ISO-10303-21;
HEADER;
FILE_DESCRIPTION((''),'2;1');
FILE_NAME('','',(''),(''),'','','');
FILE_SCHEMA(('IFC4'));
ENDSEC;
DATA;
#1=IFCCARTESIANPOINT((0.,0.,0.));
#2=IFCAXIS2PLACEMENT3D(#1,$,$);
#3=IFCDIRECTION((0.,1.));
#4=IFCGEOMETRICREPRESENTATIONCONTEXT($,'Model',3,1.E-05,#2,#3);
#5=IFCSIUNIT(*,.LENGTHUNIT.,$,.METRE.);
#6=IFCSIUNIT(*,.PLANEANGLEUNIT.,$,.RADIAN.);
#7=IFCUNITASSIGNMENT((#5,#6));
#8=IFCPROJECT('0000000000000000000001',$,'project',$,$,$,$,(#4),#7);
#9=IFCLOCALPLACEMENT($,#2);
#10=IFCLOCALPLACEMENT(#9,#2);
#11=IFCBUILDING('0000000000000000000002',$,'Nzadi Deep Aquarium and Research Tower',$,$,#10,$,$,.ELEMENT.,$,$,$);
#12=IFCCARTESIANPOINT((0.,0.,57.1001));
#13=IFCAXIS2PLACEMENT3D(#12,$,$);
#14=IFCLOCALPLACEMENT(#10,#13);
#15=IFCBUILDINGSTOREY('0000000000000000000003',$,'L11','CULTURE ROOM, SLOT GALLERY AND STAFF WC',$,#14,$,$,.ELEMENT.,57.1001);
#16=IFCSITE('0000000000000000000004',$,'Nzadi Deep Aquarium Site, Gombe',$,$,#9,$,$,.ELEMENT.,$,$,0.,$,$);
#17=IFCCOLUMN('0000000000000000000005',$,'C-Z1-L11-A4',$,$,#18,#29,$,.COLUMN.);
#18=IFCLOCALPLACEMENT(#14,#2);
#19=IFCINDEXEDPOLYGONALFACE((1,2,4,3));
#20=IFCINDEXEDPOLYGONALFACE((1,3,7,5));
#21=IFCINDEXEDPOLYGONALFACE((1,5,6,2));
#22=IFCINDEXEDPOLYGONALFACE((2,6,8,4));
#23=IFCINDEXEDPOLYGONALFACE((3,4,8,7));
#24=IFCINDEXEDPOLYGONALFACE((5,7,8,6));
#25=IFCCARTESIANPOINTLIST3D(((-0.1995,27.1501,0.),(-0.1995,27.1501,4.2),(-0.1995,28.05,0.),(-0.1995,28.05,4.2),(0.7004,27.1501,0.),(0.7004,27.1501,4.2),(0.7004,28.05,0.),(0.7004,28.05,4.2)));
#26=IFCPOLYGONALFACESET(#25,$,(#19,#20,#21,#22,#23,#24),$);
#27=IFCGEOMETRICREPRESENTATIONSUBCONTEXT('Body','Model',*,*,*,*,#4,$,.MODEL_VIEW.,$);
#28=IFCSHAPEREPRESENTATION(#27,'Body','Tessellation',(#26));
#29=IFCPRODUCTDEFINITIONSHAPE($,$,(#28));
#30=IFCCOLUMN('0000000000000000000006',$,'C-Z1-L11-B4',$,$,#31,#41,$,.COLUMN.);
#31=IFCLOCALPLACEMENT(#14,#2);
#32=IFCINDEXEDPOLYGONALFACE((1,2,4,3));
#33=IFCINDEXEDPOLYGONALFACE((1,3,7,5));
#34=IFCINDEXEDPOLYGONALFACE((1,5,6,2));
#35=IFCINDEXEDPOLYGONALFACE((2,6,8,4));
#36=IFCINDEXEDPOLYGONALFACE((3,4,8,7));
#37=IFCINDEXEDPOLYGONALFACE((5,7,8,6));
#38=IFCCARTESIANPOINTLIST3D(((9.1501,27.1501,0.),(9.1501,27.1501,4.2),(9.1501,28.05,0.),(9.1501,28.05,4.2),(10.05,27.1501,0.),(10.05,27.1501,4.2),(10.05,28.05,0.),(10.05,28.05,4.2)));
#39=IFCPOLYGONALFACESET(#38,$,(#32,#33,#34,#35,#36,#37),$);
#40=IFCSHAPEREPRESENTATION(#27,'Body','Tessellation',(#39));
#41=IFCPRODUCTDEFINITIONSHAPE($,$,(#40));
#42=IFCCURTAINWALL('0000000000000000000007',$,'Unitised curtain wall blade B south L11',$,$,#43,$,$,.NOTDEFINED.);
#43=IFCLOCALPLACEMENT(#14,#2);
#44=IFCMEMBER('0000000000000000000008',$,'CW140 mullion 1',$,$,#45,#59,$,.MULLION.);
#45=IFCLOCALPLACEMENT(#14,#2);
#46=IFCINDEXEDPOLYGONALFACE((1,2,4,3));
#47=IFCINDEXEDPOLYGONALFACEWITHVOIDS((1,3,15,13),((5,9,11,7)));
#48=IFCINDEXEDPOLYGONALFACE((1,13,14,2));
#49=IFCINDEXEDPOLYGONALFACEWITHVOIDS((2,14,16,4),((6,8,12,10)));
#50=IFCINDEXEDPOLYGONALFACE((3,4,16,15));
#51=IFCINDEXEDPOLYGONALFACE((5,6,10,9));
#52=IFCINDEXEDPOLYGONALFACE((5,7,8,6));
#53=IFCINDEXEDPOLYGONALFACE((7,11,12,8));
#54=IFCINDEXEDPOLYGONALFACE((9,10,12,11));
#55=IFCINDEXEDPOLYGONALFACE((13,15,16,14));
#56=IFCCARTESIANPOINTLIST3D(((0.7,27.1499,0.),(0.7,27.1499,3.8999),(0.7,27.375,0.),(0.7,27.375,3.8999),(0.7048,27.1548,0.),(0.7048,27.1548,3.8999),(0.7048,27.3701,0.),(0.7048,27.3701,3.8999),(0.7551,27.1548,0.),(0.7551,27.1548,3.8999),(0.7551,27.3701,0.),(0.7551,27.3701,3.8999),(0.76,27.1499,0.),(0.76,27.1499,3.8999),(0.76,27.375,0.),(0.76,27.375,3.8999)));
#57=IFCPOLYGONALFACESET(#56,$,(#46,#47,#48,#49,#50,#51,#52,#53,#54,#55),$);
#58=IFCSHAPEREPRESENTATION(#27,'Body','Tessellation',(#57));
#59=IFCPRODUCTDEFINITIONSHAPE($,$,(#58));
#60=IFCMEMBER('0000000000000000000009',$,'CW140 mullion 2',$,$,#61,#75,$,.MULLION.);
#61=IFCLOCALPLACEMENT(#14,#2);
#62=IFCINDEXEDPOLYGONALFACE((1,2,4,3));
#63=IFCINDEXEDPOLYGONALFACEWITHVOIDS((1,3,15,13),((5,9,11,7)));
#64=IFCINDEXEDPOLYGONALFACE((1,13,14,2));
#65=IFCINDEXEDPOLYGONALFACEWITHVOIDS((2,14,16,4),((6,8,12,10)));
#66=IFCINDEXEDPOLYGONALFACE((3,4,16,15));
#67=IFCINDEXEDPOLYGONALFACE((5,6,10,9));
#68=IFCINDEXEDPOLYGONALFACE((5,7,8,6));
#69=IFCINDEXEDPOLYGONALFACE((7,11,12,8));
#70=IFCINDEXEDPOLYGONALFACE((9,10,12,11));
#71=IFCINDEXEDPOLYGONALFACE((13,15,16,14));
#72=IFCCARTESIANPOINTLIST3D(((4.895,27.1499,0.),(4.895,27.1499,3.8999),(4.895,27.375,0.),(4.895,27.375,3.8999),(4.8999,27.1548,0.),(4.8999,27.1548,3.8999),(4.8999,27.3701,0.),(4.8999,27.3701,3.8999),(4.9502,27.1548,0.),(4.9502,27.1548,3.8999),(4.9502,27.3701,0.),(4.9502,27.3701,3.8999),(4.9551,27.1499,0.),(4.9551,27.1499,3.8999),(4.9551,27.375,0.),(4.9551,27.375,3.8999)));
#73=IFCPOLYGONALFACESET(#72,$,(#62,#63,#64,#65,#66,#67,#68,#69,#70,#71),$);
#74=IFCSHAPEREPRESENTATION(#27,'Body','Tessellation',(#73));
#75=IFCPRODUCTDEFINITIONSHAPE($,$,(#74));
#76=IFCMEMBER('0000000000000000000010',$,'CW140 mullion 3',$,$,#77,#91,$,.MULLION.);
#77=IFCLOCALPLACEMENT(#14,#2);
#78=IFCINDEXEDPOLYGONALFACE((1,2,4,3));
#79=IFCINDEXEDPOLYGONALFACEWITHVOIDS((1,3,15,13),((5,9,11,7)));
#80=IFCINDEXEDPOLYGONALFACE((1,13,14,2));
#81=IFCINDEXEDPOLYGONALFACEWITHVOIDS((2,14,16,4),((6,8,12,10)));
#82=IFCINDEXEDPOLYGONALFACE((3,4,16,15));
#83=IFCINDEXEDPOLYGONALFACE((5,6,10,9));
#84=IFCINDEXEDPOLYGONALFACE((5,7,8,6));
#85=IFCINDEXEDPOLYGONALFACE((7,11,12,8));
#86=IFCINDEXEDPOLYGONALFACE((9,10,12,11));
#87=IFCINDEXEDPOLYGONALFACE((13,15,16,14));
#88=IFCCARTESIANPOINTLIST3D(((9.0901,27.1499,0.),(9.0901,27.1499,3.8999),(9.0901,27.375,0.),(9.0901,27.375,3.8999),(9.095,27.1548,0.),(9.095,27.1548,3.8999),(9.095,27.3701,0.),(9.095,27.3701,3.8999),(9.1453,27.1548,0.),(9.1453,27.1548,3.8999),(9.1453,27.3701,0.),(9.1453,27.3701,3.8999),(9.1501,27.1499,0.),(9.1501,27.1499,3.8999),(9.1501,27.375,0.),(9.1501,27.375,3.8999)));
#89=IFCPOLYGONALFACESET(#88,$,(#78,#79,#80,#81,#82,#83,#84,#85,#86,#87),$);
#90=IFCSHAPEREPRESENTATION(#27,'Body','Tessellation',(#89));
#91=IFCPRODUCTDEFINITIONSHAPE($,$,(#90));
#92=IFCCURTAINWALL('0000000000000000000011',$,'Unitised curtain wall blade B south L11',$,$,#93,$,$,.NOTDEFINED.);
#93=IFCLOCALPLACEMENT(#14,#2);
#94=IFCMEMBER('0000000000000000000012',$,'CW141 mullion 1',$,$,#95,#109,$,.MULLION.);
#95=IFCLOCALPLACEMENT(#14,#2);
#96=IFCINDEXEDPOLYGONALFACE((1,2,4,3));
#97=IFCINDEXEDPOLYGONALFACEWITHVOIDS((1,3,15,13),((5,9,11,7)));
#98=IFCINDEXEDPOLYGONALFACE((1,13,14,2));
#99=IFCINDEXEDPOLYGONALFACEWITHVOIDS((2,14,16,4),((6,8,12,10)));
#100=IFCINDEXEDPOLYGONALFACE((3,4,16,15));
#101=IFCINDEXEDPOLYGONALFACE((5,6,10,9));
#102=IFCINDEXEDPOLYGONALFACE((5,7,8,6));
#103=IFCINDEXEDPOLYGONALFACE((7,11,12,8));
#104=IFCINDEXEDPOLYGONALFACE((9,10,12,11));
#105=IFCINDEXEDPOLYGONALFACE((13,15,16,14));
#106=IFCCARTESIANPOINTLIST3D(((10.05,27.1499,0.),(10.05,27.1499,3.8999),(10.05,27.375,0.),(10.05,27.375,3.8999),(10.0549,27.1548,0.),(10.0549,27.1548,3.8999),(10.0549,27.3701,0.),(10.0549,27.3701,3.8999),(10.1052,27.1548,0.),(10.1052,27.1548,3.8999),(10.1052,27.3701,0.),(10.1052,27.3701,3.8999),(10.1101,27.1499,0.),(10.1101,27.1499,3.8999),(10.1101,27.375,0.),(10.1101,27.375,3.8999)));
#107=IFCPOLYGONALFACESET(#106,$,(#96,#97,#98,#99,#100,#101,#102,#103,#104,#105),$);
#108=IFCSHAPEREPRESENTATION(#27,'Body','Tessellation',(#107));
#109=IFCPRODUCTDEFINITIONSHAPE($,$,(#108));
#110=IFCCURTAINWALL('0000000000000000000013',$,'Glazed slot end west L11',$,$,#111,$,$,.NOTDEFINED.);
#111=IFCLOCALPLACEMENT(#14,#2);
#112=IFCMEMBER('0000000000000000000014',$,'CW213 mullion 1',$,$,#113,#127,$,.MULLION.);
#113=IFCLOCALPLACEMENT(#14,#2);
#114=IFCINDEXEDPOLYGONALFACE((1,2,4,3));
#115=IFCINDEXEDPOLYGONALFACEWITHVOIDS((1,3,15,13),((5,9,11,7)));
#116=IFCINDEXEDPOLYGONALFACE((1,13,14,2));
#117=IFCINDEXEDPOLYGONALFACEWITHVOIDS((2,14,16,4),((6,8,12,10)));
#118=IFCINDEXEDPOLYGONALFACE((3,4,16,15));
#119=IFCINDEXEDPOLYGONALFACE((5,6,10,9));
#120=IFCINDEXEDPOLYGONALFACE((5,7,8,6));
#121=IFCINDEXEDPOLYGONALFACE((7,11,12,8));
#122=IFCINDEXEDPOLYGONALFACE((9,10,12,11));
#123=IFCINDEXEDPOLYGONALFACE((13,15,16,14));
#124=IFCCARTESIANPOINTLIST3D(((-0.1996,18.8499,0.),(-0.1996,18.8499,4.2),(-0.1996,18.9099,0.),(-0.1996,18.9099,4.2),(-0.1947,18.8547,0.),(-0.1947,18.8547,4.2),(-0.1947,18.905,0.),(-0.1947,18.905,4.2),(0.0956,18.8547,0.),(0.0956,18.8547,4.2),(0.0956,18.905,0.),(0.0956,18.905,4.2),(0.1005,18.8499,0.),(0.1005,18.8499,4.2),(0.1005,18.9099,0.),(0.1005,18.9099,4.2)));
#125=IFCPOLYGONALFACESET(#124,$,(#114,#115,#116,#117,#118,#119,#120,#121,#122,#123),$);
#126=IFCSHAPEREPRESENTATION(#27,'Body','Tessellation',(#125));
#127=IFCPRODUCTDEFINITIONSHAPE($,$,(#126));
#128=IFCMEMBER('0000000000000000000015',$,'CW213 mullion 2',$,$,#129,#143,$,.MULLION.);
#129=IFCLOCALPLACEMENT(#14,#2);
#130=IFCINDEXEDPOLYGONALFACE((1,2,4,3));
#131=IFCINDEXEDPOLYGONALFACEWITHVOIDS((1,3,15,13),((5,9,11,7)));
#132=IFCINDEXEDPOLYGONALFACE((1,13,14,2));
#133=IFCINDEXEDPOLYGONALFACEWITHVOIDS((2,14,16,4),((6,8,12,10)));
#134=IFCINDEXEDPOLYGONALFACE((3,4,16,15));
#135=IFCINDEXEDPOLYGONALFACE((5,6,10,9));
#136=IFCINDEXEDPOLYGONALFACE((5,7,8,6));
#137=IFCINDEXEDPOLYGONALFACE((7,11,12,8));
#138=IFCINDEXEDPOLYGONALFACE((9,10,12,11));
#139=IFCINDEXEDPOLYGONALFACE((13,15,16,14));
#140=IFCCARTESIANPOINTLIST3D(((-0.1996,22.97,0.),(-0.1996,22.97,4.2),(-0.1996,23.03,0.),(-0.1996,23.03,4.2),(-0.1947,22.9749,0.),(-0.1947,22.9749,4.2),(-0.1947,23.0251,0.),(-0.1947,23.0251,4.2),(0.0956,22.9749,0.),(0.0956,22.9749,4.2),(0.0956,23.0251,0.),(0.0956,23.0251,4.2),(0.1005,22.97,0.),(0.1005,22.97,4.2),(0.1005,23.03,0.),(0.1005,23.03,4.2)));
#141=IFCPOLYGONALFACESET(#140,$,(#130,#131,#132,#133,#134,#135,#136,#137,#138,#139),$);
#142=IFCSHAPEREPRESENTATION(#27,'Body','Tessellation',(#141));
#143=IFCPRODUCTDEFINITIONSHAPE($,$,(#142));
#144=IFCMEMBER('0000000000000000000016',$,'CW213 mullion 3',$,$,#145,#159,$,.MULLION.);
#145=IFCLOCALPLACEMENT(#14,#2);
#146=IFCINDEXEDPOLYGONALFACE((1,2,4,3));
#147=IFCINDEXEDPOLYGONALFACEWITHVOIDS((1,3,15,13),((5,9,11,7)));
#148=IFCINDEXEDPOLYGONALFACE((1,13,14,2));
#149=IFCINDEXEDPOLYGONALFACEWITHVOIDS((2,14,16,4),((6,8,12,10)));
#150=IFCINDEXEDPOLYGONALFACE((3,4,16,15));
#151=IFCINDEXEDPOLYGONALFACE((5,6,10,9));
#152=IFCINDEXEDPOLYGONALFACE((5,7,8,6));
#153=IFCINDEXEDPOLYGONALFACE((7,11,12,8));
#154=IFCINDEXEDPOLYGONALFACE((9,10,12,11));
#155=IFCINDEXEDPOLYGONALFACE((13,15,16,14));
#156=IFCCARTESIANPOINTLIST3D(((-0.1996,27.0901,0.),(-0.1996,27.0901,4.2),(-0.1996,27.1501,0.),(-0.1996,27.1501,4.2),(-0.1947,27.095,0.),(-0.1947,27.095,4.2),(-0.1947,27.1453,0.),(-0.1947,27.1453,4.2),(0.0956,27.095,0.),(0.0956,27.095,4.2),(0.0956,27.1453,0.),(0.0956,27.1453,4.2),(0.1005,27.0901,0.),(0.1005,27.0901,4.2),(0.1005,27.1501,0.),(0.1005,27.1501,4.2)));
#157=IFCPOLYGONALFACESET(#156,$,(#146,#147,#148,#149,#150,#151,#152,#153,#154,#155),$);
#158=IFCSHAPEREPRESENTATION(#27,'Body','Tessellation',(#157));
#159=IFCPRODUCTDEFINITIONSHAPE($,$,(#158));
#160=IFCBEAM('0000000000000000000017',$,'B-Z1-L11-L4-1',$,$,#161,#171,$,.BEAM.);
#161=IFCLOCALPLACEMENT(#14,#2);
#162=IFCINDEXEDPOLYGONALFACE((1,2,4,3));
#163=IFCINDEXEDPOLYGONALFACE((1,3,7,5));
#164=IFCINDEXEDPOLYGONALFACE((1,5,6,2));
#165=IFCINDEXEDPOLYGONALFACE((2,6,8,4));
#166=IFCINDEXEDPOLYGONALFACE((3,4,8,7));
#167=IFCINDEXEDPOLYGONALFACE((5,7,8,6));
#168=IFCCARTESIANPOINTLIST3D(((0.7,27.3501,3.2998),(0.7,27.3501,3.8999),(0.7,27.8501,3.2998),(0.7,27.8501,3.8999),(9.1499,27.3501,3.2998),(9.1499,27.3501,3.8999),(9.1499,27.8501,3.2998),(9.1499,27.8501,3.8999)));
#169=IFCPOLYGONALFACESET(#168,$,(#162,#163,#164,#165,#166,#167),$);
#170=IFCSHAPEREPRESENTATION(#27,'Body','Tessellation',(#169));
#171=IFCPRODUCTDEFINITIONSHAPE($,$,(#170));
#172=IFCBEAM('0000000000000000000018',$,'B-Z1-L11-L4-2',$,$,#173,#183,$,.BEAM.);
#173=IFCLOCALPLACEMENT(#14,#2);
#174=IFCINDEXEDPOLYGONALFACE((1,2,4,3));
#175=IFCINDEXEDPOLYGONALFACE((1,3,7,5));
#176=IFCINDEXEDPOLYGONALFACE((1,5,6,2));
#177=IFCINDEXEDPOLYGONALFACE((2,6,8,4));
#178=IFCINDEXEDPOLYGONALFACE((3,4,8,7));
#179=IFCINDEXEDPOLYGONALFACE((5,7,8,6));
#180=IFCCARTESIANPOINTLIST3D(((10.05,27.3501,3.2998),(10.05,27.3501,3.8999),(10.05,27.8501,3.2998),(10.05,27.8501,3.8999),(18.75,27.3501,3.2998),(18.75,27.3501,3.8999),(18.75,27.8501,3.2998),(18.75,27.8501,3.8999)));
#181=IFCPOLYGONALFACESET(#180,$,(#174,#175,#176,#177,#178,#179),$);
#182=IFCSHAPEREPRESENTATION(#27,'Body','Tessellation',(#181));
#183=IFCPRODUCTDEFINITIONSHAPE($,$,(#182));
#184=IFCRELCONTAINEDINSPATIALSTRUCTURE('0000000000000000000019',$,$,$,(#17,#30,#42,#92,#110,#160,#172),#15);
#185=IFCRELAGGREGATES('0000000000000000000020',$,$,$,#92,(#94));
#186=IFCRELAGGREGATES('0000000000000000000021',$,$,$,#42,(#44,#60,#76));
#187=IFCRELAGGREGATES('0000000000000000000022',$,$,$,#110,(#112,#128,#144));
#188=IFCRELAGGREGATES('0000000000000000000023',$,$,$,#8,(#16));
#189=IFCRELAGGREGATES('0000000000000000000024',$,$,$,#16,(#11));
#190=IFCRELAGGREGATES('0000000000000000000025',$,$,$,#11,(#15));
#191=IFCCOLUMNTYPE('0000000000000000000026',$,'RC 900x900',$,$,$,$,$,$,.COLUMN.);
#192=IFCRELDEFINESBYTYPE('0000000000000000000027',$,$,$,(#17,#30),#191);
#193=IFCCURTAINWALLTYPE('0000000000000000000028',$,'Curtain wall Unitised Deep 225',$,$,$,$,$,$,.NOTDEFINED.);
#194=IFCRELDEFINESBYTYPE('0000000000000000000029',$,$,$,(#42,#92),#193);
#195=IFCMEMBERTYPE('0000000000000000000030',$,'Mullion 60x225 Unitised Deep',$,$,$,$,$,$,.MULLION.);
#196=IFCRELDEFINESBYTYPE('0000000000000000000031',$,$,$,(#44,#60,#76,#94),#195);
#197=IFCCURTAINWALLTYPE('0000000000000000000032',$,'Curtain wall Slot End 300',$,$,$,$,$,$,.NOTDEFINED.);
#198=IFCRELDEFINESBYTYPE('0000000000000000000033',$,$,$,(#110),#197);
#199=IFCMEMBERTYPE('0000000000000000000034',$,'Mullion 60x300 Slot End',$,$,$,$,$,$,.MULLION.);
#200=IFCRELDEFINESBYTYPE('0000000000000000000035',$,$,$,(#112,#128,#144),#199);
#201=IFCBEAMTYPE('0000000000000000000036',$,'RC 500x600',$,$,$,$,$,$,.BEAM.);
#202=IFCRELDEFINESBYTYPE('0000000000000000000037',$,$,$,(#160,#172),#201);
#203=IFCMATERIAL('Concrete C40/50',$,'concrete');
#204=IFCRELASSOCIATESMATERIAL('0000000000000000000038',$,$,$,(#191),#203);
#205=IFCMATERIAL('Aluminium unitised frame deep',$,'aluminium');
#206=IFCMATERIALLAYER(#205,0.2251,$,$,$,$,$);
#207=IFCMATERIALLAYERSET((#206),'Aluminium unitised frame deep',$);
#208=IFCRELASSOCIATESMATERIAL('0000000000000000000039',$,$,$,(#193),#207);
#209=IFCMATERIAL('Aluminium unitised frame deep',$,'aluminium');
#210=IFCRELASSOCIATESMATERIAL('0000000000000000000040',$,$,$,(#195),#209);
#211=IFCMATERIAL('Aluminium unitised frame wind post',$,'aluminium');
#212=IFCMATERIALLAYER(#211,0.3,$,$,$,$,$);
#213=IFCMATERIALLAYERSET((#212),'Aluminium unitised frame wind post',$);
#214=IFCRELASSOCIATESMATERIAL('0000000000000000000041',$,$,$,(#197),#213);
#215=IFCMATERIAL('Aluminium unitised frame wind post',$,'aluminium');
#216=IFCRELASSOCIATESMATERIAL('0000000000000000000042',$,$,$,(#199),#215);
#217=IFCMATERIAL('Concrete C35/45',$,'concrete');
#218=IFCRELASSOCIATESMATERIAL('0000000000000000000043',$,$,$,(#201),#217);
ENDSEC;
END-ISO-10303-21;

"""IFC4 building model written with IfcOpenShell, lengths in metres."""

from ifc_helpers import new_model, si_unit, direction, frame, origin, origin_2d, place, context, subcontext, project, spatial, rectangle, hollow_rectangle, extrude, material, layer, layer_set, material_profile, profile_set, type_object, element, aggregate, save


model = new_model("IFC4")

# Units and contexts
model_context = context("Model", 3, precision=1e-05, world=origin(), true_north=direction((0.0, 1.0)))
body_context = subcontext(model_context, "Body", "Model", "MODEL_VIEW")
ifc_project = project(units=[si_unit("LENGTHUNIT", "METRE"), si_unit("PLANEANGLEUNIT", "RADIAN")], contexts=[model_context])

# Site, building, storey
site_placement = place(None, origin())
site = spatial("IfcSite", under=ifc_project, at=site_placement, Name="Nzadi Deep Aquarium Site, Gombe", CompositionType="ELEMENT", RefElevation=0.0)
building_placement = place(site_placement, origin())
building = spatial("IfcBuilding", under=site, at=building_placement, Name="Nzadi Deep Aquarium and Research Tower", CompositionType="ELEMENT")
storey_placement = place(building_placement, frame((0.0, 0.0, 57.1001)))
storey = spatial("IfcBuildingStorey", under=building, at=storey_placement, Name="L11", Description="CULTURE ROOM, SLOT GALLERY AND STAFF WC", CompositionType="ELEMENT", Elevation=57.1001)

# Columns
ifc_material_1 = material(Name="Concrete C40/50", Category="concrete")
ifc_material_profile_1 = material_profile(ifc_material_1, rectangle(XDim=0.8999, YDim=0.8999, at=origin_2d()))
ifc_profile_set_1 = profile_set([ifc_material_profile_1], Name="Concrete C40/50")
column_type = type_object("IfcColumnType", Name="RC 900x900", PredefinedType="COLUMN", material=ifc_profile_set_1)
for number, where, z_axis, x_axis, name in (
    (1, (0.2505, 27.6001, 0.0), (0.0, 0.0, 1.0), (1.0, 0.0, 0.0), "C-Z1-L11-A4"),
    (2, (9.6001, 27.6001, 0.0), (0.0, 0.0, 1.0), (1.0, 0.0, 0.0), "C-Z1-L11-B4"),
):
    element("IfcColumn", number, at=place(storey_placement, frame(where, z_axis=z_axis, x_axis=x_axis)), inside=storey, type_object=column_type, Name=name, PredefinedType="COLUMN", context=body_context, shape_type="SweptSolid", body=[
        extrude(rectangle(XDim=0.8999, YDim=0.8999, at=origin_2d()), origin(), (0.0, 0.0, 1.0), 4.2),
    ])

# Curtain wall, members
ifc_material_2 = material(Name="Aluminium unitised frame deep", Category="aluminium")
ifc_layer_1 = layer(ifc_material_2, 0.2251)
ifc_layer_set_1 = layer_set([ifc_layer_1], Name="Aluminium unitised frame deep")
curtain_wall_type_1 = type_object("IfcCurtainWallType", Name="Curtain wall Unitised Deep 225", PredefinedType="NOTDEFINED", material=ifc_layer_set_1)
curtain_wall_1_placement = place(storey_placement, origin())
curtain_wall_1 = element("IfcCurtainWall", 3, at=curtain_wall_1_placement, inside=storey, type_object=curtain_wall_type_1, Name="Unitised curtain wall blade B south L11", PredefinedType="NOTDEFINED")
ifc_material_3 = material(Name="Aluminium unitised frame deep", Category="aluminium")
ifc_material_profile_2 = material_profile(ifc_material_3, hollow_rectangle(XDim=0.2251, YDim=0.0601, WallThickness=0.0049, at=origin_2d()))
ifc_profile_set_2 = profile_set([ifc_material_profile_2], Name="Aluminium unitised frame deep")
member_type_1 = type_object("IfcMemberType", Name="Mullion 60x225 Unitised Deep", PredefinedType="MULLION", material=ifc_profile_set_2)
member_1_placement = place(storey_placement, frame((0.73, 27.2625, 0.0), z_axis=(0.0, 0.0, 1.0), x_axis=(0.0, 1.0, 0.0)))
member_1 = element("IfcMember", 4, at=member_1_placement, type_object=member_type_1, Name="CW140 mullion 1", PredefinedType="MULLION", context=body_context, shape_type="SweptSolid", body=[
    extrude(hollow_rectangle(XDim=0.2251, YDim=0.0601, WallThickness=0.0049, at=origin_2d()), origin(), (0.0, 0.0, 1.0), 3.8999),
])
member_2_placement = place(storey_placement, frame((4.925, 27.2625, 0.0), z_axis=(0.0, 0.0, 1.0), x_axis=(0.0, 1.0, 0.0)))
member_2 = element("IfcMember", 5, at=member_2_placement, type_object=member_type_1, Name="CW140 mullion 2", PredefinedType="MULLION", context=body_context, shape_type="SweptSolid", body=[
    extrude(hollow_rectangle(XDim=0.2251, YDim=0.0601, WallThickness=0.0049, at=origin_2d()), origin(), (0.0, 0.0, 1.0), 3.8999),
])
member_3_placement = place(storey_placement, frame((9.1201, 27.2625, 0.0), z_axis=(0.0, 0.0, 1.0), x_axis=(0.0, 1.0, 0.0)))
member_3 = element("IfcMember", 6, at=member_3_placement, type_object=member_type_1, Name="CW140 mullion 3", PredefinedType="MULLION", context=body_context, shape_type="SweptSolid", body=[
    extrude(hollow_rectangle(XDim=0.2251, YDim=0.0601, WallThickness=0.0049, at=origin_2d()), origin(), (0.0, 0.0, 1.0), 3.8999),
])

# Curtain wall, member
curtain_wall_2_placement = place(storey_placement, origin())
curtain_wall_2 = element("IfcCurtainWall", 7, at=curtain_wall_2_placement, inside=storey, type_object=curtain_wall_type_1, Name="Unitised curtain wall blade B south L11", PredefinedType="NOTDEFINED")
member_4_placement = place(storey_placement, frame((10.0801, 27.2625, 0.0), z_axis=(0.0, 0.0, 1.0), x_axis=(0.0, 1.0, 0.0)))
member_4 = element("IfcMember", 8, at=member_4_placement, type_object=member_type_1, Name="CW141 mullion 1", PredefinedType="MULLION", context=body_context, shape_type="SweptSolid", body=[
    extrude(hollow_rectangle(XDim=0.2251, YDim=0.0601, WallThickness=0.0049, at=origin_2d()), origin(), (0.0, 0.0, 1.0), 3.8999),
])

# Curtain wall, members
ifc_material_4 = material(Name="Aluminium unitised frame wind post", Category="aluminium")
ifc_layer_2 = layer(ifc_material_4, 0.3)
ifc_layer_set_2 = layer_set([ifc_layer_2], Name="Aluminium unitised frame wind post")
curtain_wall_type_2 = type_object("IfcCurtainWallType", Name="Curtain wall Slot End 300", PredefinedType="NOTDEFINED", material=ifc_layer_set_2)
curtain_wall_3_placement = place(storey_placement, origin())
curtain_wall_3 = element("IfcCurtainWall", 9, at=curtain_wall_3_placement, inside=storey, type_object=curtain_wall_type_2, Name="Glazed slot end west L11", PredefinedType="NOTDEFINED")
ifc_material_5 = material(Name="Aluminium unitised frame wind post", Category="aluminium")
ifc_material_profile_3 = material_profile(ifc_material_5, hollow_rectangle(XDim=0.3, YDim=0.0601, WallThickness=0.0049, at=origin_2d()))
ifc_profile_set_3 = profile_set([ifc_material_profile_3], Name="Aluminium unitised frame wind post")
member_type_2 = type_object("IfcMemberType", Name="Mullion 60x300 Slot End", PredefinedType="MULLION", material=ifc_profile_set_3)
member_5_placement = place(storey_placement, frame((-0.0496, 18.8799, 0.0), z_axis=(0.0, 0.0, 1.0), x_axis=(-1.0, 0.0, 0.0)))
member_5 = element("IfcMember", 10, at=member_5_placement, type_object=member_type_2, Name="CW213 mullion 1", PredefinedType="MULLION", context=body_context, shape_type="SweptSolid", body=[
    extrude(hollow_rectangle(XDim=0.3, YDim=0.0601, WallThickness=0.0049, at=origin_2d()), origin(), (0.0, 0.0, 1.0), 4.2),
])
member_6_placement = place(storey_placement, frame((-0.0496, 23.0, 0.0), z_axis=(0.0, 0.0, 1.0), x_axis=(-1.0, 0.0, 0.0)))
member_6 = element("IfcMember", 11, at=member_6_placement, type_object=member_type_2, Name="CW213 mullion 2", PredefinedType="MULLION", context=body_context, shape_type="SweptSolid", body=[
    extrude(hollow_rectangle(XDim=0.3, YDim=0.0601, WallThickness=0.0049, at=origin_2d()), origin(), (0.0, 0.0, 1.0), 4.2),
])
member_7_placement = place(storey_placement, frame((-0.0496, 27.1201, 0.0), z_axis=(0.0, 0.0, 1.0), x_axis=(-1.0, 0.0, 0.0)))
member_7 = element("IfcMember", 12, at=member_7_placement, type_object=member_type_2, Name="CW213 mullion 3", PredefinedType="MULLION", context=body_context, shape_type="SweptSolid", body=[
    extrude(hollow_rectangle(XDim=0.3, YDim=0.0601, WallThickness=0.0049, at=origin_2d()), origin(), (0.0, 0.0, 1.0), 4.2),
])

# Beams
ifc_material_6 = material(Name="Concrete C35/45", Category="concrete")
ifc_material_profile_4 = material_profile(ifc_material_6, rectangle(XDim=0.5, YDim=0.6001, at=origin_2d()))
ifc_profile_set_4 = profile_set([ifc_material_profile_4], Name="Concrete C35/45")
beam_type = type_object("IfcBeamType", Name="RC 500x600", PredefinedType="BEAM", material=ifc_profile_set_4)
beam_1_placement = place(storey_placement, frame((0.7, 27.6001, 3.5999), z_axis=(1.0, 0.0, 0.0), x_axis=(0.0, 1.0, 0.0)))
element("IfcBeam", 13, at=beam_1_placement, inside=storey, type_object=beam_type, Name="B-Z1-L11-L4-1", PredefinedType="BEAM", context=body_context, shape_type="SweptSolid", body=[
    extrude(rectangle(XDim=0.5, YDim=0.6001, at=origin_2d()), origin(), (0.0, 0.0, 1.0), 8.45),
])
beam_2_placement = place(storey_placement, frame((10.05, 27.6001, 3.5999), z_axis=(1.0, 0.0, 0.0), x_axis=(0.0, 1.0, 0.0)))
element("IfcBeam", 14, at=beam_2_placement, inside=storey, type_object=beam_type, Name="B-Z1-L11-L4-2", PredefinedType="BEAM", context=body_context, shape_type="SweptSolid", body=[
    extrude(rectangle(XDim=0.5, YDim=0.6001, at=origin_2d()), origin(), (0.0, 0.0, 1.0), 8.7),
])

aggregate(curtain_wall_2, [member_4])

aggregate(curtain_wall_1, [member_1, member_2, member_3])
aggregate(curtain_wall_3, [member_5, member_6, member_7])

save(model, "model.ifc")
